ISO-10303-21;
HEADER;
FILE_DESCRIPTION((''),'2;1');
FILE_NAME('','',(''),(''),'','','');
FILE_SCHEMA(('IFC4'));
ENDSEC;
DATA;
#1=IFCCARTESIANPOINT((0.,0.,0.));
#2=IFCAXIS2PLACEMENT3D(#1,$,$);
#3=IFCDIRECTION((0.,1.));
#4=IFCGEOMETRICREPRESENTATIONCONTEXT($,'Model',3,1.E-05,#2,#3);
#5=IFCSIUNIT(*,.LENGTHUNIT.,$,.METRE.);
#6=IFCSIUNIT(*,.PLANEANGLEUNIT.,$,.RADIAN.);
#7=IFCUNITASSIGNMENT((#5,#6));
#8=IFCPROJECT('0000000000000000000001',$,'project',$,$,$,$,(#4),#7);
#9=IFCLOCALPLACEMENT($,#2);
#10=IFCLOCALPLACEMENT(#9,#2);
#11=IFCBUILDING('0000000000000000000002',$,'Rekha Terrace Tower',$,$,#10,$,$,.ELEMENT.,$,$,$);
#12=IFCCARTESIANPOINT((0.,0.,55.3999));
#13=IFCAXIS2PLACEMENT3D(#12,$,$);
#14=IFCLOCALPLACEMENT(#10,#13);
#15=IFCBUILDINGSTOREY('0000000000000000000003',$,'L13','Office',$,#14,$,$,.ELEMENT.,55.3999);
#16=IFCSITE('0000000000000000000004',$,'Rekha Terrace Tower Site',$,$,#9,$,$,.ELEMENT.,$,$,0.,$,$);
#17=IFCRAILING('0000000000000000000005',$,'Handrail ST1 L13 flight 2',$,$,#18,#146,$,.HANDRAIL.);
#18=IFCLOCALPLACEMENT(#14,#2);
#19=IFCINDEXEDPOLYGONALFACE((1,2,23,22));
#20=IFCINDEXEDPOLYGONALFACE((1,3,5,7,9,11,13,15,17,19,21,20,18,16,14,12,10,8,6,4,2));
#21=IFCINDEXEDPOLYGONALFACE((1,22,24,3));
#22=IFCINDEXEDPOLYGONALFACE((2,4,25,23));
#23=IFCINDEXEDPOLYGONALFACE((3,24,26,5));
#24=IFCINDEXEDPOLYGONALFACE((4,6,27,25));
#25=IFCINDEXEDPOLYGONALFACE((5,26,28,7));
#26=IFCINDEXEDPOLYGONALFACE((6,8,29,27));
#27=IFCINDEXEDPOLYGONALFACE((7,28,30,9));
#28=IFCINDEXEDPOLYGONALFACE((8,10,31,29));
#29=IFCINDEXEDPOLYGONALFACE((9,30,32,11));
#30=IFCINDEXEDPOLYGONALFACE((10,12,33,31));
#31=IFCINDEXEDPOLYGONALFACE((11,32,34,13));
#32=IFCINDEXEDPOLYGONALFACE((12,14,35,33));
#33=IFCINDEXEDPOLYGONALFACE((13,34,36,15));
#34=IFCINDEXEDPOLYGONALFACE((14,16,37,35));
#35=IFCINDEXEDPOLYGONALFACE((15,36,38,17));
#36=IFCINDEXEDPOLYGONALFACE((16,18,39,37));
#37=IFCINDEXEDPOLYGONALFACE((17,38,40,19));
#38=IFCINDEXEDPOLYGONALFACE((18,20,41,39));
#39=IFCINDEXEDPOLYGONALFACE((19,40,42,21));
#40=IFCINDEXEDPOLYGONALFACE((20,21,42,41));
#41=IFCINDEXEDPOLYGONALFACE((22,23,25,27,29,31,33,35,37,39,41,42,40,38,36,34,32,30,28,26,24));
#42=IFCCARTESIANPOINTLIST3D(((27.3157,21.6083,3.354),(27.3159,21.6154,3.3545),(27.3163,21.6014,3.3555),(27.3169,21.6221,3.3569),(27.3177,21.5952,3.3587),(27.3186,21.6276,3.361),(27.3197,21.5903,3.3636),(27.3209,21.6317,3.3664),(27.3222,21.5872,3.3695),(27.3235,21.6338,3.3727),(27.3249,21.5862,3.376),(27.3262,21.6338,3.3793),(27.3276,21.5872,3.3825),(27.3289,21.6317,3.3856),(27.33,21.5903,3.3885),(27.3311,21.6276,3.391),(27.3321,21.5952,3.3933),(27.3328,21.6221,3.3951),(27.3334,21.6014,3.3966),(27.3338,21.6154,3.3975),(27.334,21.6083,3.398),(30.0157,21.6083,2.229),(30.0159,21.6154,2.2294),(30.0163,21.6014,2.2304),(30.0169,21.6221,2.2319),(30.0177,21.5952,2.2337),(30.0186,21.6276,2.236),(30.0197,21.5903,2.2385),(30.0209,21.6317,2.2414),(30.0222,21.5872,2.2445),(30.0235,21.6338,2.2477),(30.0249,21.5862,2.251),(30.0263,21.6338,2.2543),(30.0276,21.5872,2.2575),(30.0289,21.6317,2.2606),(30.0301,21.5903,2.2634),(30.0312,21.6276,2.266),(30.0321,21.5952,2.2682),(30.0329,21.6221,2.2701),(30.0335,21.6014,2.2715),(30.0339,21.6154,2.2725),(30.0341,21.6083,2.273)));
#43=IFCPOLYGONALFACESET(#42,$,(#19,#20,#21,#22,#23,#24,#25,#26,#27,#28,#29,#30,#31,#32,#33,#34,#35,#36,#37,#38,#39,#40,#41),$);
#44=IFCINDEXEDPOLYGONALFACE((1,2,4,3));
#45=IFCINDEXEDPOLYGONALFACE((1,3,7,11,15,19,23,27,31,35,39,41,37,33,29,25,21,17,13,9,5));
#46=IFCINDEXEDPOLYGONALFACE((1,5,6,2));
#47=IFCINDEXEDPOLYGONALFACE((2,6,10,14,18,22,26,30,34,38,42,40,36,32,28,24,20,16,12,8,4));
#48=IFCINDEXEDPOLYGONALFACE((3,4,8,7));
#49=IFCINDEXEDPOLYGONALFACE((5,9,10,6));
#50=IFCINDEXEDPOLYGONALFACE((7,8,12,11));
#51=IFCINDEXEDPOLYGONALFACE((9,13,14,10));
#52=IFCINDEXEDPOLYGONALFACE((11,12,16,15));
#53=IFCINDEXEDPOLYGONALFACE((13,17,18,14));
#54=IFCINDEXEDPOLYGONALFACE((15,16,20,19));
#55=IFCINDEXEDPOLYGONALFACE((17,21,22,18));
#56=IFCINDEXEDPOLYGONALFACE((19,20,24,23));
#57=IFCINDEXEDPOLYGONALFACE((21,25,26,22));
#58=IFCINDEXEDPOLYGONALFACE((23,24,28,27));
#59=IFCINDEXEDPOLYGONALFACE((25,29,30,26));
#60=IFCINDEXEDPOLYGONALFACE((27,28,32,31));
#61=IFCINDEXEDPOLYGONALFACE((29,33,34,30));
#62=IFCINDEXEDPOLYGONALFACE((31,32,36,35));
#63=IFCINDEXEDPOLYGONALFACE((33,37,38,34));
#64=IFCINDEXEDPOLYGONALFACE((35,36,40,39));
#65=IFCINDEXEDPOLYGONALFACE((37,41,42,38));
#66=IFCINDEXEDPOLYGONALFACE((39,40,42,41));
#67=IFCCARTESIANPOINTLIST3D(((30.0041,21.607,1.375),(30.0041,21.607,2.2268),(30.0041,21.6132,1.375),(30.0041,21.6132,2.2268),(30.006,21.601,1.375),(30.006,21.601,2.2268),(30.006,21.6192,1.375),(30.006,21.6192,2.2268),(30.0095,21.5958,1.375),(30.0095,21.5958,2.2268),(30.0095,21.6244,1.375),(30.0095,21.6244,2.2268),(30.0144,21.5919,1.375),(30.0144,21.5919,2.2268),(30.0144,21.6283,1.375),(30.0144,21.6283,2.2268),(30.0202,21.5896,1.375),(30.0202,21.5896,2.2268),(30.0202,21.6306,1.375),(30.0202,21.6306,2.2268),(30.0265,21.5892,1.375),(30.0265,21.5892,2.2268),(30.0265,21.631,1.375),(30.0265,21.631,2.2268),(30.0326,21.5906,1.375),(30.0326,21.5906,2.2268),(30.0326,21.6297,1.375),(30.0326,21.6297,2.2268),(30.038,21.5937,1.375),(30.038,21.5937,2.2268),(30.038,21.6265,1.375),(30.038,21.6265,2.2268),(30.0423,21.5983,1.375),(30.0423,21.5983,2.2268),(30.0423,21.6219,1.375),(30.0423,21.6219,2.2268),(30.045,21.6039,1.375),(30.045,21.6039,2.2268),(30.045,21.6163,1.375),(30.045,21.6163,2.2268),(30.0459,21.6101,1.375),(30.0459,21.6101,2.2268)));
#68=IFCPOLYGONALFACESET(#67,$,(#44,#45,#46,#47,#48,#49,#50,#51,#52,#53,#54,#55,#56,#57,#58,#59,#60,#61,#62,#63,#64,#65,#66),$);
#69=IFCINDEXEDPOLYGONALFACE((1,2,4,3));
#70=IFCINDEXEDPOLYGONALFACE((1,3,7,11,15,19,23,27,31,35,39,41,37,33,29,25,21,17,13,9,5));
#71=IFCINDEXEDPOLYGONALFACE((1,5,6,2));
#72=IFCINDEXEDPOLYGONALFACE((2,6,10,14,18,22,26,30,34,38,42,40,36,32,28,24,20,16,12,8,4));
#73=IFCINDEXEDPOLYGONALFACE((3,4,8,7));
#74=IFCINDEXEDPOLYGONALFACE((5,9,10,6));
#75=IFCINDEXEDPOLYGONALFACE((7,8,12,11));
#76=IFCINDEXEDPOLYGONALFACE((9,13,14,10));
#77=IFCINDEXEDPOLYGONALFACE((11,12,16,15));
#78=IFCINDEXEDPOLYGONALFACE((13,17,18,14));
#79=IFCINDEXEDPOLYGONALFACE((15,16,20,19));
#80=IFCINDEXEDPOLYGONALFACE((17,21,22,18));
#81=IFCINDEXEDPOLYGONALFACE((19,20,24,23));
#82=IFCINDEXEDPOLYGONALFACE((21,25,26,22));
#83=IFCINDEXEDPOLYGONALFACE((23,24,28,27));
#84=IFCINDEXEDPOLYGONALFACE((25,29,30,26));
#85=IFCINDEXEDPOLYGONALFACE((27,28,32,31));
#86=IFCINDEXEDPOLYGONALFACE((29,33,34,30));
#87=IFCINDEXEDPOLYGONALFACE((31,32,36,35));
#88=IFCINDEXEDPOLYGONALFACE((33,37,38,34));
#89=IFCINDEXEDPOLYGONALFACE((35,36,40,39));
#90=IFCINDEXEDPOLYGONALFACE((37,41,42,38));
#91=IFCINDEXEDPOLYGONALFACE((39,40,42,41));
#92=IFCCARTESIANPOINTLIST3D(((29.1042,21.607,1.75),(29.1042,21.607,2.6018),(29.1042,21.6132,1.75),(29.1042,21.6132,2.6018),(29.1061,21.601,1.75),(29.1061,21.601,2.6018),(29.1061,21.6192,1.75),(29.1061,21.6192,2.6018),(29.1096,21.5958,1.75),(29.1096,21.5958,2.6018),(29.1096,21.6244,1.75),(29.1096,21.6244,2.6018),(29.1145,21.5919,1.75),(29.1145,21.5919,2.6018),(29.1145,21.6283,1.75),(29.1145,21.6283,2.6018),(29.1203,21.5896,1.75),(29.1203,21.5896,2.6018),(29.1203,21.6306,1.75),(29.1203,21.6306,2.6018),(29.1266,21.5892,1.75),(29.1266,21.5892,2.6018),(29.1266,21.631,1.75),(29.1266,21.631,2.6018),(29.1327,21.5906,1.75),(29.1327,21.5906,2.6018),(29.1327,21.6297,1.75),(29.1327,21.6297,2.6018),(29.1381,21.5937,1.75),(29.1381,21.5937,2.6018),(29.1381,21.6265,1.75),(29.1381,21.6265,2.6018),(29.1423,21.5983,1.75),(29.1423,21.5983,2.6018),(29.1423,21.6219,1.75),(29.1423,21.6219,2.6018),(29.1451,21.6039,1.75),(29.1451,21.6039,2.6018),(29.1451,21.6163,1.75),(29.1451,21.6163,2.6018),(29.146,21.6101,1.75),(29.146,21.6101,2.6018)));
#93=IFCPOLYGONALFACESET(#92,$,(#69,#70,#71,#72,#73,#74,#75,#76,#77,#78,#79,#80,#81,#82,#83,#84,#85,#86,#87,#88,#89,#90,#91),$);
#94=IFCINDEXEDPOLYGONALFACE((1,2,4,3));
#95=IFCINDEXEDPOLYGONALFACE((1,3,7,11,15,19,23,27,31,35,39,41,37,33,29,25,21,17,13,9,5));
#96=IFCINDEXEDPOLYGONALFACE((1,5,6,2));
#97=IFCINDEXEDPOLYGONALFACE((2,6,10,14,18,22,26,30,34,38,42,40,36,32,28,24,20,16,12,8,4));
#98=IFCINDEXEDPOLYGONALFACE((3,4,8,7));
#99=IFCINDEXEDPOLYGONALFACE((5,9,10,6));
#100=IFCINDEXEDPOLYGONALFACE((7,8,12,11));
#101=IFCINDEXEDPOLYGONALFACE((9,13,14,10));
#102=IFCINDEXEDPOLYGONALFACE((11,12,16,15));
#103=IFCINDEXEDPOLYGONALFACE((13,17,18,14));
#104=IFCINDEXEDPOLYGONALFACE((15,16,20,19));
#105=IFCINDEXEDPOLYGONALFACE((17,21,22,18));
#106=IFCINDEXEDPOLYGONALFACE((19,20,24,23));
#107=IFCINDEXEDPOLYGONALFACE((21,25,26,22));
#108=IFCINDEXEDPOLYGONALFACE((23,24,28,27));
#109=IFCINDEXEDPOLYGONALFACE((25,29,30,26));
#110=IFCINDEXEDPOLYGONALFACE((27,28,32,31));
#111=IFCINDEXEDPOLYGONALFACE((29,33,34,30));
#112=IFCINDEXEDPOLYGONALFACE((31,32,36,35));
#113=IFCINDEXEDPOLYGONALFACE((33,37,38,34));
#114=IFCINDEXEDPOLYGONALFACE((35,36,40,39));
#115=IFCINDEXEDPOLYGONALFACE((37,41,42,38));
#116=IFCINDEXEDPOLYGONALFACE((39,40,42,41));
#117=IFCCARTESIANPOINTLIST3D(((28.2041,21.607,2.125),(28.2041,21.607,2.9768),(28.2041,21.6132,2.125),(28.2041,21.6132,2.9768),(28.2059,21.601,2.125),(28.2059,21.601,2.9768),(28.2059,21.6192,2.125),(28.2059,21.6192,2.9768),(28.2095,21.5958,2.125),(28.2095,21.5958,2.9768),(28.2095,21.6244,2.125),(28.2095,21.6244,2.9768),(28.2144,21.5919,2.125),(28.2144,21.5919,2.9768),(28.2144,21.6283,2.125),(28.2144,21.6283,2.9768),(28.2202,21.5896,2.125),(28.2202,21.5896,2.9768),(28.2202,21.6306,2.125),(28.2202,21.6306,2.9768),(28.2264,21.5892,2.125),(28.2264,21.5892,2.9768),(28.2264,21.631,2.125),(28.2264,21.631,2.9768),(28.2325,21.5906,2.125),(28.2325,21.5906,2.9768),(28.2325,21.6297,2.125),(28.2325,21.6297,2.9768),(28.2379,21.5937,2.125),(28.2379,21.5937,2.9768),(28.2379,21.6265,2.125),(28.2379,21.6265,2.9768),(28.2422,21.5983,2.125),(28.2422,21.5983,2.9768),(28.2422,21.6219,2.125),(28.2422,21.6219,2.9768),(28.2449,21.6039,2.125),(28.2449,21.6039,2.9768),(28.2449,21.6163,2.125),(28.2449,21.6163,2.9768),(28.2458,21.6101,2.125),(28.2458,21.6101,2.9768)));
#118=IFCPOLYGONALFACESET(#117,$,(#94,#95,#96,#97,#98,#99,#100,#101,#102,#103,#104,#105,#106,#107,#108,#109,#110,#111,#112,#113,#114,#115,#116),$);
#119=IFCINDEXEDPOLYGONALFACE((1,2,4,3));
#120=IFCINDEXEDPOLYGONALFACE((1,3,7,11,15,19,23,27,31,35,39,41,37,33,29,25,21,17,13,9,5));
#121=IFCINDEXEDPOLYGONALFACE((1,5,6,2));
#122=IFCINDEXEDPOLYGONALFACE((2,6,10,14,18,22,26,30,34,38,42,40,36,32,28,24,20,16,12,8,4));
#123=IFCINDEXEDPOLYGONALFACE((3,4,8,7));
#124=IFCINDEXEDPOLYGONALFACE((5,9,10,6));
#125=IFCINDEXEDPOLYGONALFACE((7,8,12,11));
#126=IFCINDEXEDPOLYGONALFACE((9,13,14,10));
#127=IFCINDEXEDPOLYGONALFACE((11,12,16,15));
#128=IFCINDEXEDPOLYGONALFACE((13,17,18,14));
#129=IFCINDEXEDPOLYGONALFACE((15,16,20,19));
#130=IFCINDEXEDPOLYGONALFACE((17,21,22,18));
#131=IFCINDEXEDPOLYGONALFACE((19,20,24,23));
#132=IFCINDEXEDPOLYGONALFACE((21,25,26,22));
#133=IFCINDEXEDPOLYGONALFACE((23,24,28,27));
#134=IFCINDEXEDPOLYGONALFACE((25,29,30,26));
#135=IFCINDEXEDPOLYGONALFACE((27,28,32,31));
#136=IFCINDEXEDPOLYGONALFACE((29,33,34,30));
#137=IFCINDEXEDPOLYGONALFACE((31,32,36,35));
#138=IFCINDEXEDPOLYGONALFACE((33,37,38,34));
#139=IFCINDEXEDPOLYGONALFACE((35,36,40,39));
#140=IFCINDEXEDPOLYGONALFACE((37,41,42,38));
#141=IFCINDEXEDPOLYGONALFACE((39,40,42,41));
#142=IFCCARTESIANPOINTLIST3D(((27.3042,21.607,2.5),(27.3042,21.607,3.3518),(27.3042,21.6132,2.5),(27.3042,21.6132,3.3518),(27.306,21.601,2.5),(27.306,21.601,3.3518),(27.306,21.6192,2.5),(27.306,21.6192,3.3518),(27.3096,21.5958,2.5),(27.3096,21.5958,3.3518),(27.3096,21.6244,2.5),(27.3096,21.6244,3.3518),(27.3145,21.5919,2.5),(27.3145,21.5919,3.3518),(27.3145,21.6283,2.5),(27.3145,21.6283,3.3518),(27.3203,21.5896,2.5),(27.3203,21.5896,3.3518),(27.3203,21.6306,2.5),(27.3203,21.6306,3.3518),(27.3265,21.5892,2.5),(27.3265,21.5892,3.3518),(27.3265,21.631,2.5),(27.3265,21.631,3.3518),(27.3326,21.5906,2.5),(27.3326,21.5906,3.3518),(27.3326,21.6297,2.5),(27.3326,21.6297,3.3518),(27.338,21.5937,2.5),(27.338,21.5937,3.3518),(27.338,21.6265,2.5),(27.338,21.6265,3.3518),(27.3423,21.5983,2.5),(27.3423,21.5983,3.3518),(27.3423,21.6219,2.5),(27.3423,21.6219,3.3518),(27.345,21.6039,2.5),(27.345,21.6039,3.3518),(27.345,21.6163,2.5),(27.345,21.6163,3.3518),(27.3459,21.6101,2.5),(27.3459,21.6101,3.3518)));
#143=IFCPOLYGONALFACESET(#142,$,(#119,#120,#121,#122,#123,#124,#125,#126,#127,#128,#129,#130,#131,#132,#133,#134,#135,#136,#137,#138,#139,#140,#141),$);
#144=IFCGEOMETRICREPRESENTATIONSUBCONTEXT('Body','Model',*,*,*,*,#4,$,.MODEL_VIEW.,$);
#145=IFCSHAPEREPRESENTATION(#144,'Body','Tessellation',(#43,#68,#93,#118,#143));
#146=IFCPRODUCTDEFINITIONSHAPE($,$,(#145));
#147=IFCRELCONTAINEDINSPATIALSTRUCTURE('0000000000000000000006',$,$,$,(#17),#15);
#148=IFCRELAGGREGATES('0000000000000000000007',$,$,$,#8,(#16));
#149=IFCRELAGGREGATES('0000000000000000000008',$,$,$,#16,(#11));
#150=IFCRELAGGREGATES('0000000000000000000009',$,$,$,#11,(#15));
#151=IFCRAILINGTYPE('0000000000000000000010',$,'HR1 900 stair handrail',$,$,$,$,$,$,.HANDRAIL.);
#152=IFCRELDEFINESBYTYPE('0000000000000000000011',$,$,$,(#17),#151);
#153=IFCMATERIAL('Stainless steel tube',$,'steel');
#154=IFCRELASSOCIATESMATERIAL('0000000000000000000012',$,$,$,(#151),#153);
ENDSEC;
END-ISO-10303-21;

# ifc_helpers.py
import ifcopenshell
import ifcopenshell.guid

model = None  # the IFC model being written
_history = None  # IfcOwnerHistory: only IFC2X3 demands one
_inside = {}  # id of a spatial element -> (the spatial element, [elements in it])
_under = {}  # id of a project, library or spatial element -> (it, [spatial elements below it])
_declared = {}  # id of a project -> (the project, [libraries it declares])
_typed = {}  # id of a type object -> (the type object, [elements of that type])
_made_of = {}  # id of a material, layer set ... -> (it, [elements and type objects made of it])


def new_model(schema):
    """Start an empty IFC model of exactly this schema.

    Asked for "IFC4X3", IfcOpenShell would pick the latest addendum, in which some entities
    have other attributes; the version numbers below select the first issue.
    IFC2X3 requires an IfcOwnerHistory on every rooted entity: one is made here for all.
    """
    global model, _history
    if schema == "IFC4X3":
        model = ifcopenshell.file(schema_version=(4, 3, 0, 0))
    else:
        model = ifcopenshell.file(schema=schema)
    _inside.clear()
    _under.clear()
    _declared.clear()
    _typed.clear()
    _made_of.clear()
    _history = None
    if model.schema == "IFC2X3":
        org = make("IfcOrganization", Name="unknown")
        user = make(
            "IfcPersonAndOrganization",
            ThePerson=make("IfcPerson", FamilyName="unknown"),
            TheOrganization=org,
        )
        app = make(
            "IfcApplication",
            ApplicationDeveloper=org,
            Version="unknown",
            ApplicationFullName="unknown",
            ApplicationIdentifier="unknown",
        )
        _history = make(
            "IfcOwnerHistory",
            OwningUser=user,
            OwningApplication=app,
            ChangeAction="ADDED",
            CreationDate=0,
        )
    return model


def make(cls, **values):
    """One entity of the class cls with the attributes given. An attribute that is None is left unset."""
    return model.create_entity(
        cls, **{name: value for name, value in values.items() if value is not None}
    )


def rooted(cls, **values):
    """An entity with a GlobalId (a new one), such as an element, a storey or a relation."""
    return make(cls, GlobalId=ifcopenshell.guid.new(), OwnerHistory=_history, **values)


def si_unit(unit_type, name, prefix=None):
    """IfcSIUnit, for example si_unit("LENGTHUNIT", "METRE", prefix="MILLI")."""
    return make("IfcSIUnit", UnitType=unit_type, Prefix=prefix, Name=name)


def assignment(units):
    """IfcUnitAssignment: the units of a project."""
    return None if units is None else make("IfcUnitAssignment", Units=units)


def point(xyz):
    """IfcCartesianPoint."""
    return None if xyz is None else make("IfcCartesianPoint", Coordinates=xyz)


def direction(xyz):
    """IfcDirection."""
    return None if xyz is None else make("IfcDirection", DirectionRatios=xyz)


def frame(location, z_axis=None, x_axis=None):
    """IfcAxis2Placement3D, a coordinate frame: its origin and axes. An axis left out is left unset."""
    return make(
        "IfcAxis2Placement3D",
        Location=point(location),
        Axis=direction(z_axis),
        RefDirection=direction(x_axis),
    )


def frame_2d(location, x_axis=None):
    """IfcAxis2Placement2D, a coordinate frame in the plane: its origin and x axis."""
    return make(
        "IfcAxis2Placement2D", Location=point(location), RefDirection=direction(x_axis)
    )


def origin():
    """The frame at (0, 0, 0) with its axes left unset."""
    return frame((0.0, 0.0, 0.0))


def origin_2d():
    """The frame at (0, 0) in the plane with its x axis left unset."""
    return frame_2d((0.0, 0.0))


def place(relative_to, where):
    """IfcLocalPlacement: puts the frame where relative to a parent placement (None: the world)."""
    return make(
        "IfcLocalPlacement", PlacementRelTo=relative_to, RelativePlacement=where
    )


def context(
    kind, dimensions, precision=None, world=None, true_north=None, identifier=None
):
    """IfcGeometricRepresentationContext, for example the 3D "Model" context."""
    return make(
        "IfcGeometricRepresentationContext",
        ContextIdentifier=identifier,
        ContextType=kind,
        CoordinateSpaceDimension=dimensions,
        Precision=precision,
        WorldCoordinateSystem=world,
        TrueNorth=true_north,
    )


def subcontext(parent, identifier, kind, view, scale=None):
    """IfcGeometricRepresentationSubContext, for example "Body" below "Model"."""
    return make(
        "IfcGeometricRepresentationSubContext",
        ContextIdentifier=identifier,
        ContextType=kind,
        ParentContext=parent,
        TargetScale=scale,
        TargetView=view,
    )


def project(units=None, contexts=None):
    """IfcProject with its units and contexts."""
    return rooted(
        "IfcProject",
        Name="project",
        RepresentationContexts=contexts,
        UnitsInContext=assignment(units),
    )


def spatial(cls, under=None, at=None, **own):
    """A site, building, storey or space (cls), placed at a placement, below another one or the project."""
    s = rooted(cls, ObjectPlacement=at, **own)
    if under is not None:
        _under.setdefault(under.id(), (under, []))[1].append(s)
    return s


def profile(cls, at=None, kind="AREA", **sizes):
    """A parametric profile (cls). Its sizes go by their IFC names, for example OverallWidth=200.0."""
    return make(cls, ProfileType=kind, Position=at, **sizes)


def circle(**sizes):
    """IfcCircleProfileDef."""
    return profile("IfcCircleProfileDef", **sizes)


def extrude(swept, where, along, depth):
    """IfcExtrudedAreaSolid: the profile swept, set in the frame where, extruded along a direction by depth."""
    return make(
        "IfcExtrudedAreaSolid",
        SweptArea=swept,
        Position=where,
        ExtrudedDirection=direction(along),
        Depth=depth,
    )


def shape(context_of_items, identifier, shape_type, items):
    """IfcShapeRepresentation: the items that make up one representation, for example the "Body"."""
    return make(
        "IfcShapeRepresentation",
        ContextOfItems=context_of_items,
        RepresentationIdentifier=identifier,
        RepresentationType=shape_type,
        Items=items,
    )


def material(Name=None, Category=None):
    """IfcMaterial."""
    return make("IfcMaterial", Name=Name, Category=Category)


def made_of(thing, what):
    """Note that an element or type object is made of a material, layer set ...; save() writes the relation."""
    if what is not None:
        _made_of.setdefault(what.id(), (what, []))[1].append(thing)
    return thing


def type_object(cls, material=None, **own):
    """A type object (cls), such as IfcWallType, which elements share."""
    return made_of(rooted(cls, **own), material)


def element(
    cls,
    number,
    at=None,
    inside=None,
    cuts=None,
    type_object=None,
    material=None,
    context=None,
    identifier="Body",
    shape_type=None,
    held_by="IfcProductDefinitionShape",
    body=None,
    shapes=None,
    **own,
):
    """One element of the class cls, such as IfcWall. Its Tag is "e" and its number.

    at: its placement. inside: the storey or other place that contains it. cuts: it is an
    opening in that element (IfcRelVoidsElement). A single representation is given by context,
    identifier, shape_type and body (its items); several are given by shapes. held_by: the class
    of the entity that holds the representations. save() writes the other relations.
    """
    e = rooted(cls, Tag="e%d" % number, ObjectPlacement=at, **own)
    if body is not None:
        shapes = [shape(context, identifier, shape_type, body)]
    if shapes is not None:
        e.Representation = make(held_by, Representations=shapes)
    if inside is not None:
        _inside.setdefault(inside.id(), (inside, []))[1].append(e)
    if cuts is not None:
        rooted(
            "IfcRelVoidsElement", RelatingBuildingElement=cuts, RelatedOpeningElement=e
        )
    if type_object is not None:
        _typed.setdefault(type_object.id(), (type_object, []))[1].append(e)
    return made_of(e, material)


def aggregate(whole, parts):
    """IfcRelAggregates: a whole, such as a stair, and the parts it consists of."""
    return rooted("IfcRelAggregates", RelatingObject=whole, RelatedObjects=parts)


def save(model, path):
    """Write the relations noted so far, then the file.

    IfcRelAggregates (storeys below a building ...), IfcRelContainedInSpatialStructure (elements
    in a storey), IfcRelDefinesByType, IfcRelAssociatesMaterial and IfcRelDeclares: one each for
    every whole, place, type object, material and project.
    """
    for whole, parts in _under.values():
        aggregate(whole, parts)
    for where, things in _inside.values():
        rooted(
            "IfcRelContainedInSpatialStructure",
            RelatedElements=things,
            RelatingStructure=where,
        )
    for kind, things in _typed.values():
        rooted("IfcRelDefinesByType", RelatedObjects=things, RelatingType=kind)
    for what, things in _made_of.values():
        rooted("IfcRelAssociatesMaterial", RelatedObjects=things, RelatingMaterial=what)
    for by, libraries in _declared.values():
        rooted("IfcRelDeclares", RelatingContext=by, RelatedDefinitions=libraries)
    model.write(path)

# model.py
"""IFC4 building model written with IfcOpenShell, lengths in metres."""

from ifc_helpers import new_model, si_unit, direction, frame, origin, origin_2d, place, context, subcontext, project, spatial, circle, extrude, material, type_object, element, save


model = new_model("IFC4")

# Units and contexts
model_context = context("Model", 3, precision=1e-05, world=origin(), true_north=direction((0.0, 1.0)))
body_context = subcontext(model_context, "Body", "Model", "MODEL_VIEW")
ifc_project = project(units=[si_unit("LENGTHUNIT", "METRE"), si_unit("PLANEANGLEUNIT", "RADIAN")], contexts=[model_context])

# Site, building, storey
site_placement = place(None, origin())
site = spatial("IfcSite", under=ifc_project, at=site_placement, Name="Rekha Terrace Tower Site", CompositionType="ELEMENT", RefElevation=0.0)
building_placement = place(site_placement, origin())
building = spatial("IfcBuilding", under=site, at=building_placement, Name="Rekha Terrace Tower", CompositionType="ELEMENT")
storey_placement = place(building_placement, frame((0.0, 0.0, 55.3999)))
storey = spatial("IfcBuildingStorey", under=building, at=storey_placement, Name="L13", Description="Office", CompositionType="ELEMENT", Elevation=55.3999)

# Railing
ifc_material_1 = material(Name="Stainless steel tube", Category="steel")
railing_type_1 = type_object("IfcRailingType", Name="HR1 900 stair handrail", PredefinedType="HANDRAIL", material=ifc_material_1)
railing_1_placement = place(storey_placement, frame((30.0249, 21.6101, 1.375)))
element("IfcRailing", 1, at=railing_1_placement, inside=storey, type_object=railing_type_1, Name="Handrail ST1 L13 flight 2", PredefinedType="HANDRAIL", context=body_context, shape_type="SweptSolid", body=[
    extrude(circle(Radius=0.0239, at=origin_2d()), frame((0.0, 0.0, 0.876), z_axis=(-0.923074, 0.0, 0.384621), x_axis=(0.0, -1.0, 0.0)), (0.0, 0.0, 1.0), 2.925),
    extrude(circle(Radius=0.021, at=origin_2d()), origin(), (0.0, 0.0, 1.0), 0.8518),
    extrude(circle(Radius=0.021, at=origin_2d()), frame((-0.8999, 0.0, 0.375)), (0.0, 0.0, 1.0), 0.8518),
    extrude(circle(Radius=0.021, at=origin_2d()), frame((-1.8, 0.0, 0.75)), (0.0, 0.0, 1.0), 0.8518),
    extrude(circle(Radius=0.021, at=origin_2d()), frame((-2.7, 0.0, 1.125)), (0.0, 0.0, 1.0), 0.8518),
])

save(model, "model.ifc")
